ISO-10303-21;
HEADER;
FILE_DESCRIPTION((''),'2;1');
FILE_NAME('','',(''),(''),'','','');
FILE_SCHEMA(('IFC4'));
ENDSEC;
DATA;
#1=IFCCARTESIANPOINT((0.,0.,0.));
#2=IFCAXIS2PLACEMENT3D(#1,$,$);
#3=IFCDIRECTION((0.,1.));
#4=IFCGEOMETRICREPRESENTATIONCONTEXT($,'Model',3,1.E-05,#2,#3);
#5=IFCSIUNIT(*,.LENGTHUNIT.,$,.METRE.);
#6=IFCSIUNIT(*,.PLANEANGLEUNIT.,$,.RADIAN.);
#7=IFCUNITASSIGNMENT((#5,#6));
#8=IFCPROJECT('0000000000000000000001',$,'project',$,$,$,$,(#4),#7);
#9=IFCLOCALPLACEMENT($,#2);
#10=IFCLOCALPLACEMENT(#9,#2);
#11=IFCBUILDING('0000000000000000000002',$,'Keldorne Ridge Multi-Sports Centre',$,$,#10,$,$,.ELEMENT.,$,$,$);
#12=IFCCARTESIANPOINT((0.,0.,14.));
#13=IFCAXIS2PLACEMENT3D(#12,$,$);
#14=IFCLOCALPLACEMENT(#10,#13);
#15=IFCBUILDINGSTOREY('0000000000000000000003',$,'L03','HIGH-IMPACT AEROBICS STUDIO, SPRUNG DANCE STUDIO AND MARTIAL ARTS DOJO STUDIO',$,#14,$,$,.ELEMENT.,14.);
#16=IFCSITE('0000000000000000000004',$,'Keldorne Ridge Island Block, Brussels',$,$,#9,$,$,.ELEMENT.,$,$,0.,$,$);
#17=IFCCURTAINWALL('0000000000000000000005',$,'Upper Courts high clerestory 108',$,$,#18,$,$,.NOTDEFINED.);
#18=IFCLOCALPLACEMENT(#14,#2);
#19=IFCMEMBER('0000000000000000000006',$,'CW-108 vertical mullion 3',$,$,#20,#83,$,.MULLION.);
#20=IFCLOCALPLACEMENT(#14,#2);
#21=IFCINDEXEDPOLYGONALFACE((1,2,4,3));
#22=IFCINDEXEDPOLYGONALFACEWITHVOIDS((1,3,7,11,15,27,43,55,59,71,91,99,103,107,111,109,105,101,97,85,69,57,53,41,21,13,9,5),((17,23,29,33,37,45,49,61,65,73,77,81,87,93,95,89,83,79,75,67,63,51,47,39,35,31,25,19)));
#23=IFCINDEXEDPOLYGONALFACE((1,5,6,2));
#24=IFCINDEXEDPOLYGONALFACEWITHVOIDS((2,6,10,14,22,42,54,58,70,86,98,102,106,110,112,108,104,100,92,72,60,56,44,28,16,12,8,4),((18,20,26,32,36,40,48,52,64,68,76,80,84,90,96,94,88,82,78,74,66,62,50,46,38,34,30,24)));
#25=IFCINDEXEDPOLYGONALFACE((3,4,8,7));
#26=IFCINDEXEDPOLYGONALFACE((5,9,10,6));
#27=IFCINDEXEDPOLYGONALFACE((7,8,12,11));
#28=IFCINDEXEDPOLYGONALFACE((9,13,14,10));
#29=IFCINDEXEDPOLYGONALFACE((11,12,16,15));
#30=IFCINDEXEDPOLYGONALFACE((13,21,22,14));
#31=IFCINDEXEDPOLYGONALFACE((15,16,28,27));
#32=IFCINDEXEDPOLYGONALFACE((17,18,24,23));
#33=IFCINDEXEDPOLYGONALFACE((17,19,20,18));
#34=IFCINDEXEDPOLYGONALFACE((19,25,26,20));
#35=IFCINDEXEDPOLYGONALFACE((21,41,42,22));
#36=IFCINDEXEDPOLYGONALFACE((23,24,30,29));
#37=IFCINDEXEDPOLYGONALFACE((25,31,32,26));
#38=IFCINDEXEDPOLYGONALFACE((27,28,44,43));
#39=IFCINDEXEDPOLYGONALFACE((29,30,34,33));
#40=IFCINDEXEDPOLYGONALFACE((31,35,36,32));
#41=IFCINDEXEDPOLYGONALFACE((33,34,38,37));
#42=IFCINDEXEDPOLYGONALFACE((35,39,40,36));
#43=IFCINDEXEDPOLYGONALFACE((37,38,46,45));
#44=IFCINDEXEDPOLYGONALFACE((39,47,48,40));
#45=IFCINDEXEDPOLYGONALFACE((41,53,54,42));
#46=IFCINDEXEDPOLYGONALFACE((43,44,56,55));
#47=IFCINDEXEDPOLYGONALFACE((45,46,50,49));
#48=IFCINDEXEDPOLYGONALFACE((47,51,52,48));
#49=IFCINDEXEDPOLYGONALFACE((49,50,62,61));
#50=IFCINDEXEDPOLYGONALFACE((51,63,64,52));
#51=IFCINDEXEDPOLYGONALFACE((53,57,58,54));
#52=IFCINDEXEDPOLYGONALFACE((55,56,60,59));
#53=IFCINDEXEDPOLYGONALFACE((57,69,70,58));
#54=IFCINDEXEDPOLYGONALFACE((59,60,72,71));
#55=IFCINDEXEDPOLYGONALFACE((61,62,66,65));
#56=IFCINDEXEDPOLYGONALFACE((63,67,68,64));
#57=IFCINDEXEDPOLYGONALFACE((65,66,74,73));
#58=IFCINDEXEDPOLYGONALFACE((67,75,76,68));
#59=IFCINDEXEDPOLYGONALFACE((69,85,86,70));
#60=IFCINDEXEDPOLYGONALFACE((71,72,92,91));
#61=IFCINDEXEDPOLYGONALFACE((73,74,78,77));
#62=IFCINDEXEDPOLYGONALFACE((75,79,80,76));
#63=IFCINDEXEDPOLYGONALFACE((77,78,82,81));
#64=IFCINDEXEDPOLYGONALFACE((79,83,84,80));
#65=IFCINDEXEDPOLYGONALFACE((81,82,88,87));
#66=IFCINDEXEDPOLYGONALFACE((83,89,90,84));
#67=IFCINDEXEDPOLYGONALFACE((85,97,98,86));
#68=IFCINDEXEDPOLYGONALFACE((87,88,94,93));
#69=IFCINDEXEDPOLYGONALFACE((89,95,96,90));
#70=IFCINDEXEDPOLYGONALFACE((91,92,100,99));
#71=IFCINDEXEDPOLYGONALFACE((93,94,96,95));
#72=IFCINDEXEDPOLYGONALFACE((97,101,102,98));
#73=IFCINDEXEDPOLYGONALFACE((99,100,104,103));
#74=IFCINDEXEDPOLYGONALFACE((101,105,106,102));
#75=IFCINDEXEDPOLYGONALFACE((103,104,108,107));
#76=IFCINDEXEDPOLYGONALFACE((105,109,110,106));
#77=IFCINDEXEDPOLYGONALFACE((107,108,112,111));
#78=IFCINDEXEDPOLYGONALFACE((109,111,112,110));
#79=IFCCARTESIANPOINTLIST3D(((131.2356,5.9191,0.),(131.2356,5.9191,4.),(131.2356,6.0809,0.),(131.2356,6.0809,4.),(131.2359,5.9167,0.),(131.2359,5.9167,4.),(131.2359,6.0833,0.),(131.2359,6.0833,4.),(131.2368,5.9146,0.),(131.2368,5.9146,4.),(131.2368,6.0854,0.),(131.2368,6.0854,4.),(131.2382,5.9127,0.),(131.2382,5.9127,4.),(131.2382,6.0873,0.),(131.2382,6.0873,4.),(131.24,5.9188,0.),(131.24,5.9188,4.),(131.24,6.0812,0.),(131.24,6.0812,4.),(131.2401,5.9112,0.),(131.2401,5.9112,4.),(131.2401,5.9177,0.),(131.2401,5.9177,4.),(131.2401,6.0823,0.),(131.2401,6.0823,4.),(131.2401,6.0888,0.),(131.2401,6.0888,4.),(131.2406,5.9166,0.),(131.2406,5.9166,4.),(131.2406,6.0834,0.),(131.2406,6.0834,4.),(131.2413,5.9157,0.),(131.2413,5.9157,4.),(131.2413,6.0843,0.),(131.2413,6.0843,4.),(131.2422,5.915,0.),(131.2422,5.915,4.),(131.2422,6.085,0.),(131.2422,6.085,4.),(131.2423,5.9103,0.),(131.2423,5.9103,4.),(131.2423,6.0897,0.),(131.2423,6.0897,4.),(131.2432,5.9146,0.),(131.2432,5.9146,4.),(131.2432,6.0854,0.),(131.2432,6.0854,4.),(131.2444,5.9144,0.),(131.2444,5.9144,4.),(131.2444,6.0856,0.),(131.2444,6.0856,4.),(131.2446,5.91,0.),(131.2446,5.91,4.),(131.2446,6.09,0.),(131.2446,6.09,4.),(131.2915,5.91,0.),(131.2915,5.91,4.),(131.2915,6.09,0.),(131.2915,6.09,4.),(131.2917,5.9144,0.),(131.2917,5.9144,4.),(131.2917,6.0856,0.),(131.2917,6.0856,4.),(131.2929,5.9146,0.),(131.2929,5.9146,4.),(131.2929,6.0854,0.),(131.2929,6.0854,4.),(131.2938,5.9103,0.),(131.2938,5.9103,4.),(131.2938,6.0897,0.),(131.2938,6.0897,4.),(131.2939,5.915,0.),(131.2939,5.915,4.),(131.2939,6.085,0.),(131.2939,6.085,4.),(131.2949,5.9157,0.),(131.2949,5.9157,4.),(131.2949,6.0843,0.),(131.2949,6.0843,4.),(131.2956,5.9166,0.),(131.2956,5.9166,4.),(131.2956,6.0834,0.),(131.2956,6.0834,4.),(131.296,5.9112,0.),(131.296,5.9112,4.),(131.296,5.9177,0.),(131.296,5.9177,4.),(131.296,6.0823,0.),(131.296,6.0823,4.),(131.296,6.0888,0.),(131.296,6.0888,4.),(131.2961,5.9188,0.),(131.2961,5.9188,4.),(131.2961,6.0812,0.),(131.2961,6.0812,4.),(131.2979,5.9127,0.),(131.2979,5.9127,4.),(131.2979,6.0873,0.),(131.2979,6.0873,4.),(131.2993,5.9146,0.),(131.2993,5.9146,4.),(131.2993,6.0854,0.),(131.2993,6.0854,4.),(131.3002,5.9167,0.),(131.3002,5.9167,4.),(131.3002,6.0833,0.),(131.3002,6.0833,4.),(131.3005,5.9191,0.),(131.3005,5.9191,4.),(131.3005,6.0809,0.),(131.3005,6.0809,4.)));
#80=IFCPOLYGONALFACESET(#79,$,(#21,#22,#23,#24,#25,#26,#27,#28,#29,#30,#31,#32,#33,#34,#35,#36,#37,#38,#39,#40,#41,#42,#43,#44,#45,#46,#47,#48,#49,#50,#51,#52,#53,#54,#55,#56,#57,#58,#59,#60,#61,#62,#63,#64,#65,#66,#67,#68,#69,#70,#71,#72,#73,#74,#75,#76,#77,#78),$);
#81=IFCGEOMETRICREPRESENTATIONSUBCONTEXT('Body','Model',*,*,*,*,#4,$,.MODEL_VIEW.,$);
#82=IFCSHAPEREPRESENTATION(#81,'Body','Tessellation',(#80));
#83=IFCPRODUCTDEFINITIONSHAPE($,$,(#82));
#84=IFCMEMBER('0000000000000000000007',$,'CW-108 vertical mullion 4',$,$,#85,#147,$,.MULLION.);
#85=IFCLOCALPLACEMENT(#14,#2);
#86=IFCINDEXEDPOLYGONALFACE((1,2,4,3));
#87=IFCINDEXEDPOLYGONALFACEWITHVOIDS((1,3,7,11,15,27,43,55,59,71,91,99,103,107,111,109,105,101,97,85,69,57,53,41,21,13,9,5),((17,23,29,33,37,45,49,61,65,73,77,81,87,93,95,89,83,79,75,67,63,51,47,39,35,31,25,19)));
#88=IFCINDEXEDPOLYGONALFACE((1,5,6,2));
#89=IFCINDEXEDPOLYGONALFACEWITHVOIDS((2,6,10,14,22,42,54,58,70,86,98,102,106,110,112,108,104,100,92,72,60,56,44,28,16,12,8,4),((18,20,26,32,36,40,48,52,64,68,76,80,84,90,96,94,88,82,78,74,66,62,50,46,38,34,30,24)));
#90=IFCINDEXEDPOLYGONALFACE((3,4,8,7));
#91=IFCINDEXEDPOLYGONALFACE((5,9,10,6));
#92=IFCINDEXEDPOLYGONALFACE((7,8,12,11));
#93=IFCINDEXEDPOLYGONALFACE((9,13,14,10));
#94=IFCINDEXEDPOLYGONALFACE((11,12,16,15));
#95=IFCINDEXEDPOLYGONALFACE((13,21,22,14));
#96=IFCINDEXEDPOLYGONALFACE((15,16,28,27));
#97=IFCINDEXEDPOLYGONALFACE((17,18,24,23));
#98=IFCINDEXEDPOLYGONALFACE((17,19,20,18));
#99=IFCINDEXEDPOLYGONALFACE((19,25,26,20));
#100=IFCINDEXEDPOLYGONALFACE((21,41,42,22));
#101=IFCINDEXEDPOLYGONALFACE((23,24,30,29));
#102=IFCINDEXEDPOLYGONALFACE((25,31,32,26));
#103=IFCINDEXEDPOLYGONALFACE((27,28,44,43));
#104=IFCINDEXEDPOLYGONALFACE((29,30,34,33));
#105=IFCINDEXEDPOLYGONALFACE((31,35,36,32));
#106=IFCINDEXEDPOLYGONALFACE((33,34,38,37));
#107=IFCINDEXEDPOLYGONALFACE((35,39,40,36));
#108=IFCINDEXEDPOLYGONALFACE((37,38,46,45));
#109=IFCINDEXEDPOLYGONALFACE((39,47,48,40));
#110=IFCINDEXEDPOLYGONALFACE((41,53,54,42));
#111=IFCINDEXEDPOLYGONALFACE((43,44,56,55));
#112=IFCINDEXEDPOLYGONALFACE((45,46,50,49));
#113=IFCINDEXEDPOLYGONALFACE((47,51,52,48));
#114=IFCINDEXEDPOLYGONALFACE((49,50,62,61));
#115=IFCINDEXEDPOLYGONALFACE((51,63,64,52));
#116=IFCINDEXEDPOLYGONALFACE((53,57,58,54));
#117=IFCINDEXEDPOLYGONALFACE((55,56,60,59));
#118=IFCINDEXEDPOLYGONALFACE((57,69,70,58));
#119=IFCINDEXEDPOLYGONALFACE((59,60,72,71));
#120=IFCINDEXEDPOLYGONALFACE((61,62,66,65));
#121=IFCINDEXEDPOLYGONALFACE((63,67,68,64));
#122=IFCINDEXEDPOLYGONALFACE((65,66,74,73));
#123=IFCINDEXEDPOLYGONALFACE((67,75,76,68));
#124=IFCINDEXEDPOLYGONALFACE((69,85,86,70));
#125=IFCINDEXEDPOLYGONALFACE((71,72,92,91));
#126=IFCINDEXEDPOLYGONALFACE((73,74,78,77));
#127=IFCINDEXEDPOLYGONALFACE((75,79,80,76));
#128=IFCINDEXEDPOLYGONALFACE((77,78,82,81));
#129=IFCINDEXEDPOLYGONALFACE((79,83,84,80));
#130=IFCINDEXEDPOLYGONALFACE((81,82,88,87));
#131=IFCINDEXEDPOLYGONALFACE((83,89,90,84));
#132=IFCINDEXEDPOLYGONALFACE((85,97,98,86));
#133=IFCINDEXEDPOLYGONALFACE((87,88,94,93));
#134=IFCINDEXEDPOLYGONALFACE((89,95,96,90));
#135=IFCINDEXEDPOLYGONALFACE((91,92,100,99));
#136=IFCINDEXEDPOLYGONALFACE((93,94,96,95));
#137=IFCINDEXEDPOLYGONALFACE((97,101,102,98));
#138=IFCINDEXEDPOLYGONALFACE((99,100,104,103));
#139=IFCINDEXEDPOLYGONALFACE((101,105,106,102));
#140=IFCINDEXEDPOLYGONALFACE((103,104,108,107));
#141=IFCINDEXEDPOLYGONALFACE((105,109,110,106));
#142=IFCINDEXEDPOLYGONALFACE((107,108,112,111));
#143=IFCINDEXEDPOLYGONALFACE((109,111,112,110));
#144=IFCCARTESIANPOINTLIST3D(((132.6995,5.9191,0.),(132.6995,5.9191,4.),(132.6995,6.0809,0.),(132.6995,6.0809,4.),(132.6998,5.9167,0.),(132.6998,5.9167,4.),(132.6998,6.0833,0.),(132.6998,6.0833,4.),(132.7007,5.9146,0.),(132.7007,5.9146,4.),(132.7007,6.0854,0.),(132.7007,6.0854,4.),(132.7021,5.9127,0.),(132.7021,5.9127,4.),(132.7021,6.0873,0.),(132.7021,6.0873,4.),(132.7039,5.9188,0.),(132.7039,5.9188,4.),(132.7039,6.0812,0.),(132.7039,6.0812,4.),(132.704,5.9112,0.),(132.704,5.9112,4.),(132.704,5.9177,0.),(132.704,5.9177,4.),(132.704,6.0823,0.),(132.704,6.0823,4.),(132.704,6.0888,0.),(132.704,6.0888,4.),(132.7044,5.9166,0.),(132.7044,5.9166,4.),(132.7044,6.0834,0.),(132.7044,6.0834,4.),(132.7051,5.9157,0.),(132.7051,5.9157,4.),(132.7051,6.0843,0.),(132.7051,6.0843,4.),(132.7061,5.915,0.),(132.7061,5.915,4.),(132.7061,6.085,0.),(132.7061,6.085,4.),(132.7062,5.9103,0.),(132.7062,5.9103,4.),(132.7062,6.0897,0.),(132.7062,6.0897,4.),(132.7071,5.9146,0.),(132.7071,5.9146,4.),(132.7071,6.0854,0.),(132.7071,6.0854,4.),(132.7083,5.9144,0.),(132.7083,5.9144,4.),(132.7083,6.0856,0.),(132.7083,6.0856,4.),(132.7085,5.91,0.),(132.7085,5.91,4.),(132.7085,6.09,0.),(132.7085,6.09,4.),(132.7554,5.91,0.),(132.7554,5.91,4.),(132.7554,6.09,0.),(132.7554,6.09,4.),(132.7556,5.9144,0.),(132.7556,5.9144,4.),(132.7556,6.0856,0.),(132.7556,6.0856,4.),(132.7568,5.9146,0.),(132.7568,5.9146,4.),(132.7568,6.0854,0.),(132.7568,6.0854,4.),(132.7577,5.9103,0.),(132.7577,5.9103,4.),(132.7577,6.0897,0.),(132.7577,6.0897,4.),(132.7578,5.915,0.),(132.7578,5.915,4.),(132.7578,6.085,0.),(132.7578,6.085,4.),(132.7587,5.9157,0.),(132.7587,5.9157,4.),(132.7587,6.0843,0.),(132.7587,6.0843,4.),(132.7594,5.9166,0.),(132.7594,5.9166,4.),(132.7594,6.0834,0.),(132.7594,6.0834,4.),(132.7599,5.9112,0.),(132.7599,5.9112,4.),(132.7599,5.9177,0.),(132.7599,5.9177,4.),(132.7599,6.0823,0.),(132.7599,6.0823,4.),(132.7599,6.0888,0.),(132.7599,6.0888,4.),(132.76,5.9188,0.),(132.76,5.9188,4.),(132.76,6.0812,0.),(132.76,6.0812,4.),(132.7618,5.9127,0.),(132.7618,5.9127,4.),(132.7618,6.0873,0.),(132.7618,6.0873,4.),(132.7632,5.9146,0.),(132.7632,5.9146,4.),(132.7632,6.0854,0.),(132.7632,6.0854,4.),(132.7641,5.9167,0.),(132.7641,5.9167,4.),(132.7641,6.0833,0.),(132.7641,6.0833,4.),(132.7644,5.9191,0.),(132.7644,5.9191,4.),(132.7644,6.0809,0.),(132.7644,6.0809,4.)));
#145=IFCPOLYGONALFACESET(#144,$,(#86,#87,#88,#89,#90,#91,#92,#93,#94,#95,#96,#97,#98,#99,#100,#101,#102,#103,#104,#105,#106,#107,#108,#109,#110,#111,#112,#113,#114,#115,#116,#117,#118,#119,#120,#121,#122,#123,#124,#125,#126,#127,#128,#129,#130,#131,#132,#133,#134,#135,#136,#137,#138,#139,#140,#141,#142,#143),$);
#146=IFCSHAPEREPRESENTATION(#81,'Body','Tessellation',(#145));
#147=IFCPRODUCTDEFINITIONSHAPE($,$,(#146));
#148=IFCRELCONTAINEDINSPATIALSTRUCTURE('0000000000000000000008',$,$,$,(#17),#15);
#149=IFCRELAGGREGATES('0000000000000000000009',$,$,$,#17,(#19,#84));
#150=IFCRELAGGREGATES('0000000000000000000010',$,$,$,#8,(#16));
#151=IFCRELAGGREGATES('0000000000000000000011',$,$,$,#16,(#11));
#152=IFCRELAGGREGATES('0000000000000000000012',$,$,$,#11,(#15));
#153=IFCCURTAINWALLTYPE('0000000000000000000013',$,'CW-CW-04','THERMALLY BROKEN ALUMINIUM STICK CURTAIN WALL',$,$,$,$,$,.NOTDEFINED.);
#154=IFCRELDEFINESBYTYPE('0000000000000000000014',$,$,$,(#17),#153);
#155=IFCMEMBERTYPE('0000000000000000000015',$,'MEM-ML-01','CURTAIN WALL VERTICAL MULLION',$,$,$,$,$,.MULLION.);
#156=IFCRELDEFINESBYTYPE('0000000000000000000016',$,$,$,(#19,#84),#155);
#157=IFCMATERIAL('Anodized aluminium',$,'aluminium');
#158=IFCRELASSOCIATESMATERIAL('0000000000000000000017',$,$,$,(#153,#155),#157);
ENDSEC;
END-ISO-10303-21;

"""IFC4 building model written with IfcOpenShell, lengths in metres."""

from ifc_helpers import new_model, si_unit, direction, frame, origin, origin_2d, place, context, subcontext, project, spatial, hollow_rectangle, extrude, material, material_profile, profile_set, type_object, element, aggregate, save


model = new_model("IFC4")

# Units and contexts
model_context = context("Model", 3, precision=1e-05, world=origin(), true_north=direction((0.0, 1.0)))
body_context = subcontext(model_context, "Body", "Model", "MODEL_VIEW")
ifc_project = project(units=[si_unit("LENGTHUNIT", "METRE"), si_unit("PLANEANGLEUNIT", "RADIAN")], contexts=[model_context])

# Site, building, storey
site_placement = place(None, origin())
site = spatial("IfcSite", under=ifc_project, at=site_placement, Name="Keldorne Ridge Island Block, Brussels", CompositionType="ELEMENT", RefElevation=0.0)
building_placement = place(site_placement, origin())
building = spatial("IfcBuilding", under=site, at=building_placement, Name="Keldorne Ridge Multi-Sports Centre", CompositionType="ELEMENT")
storey_placement = place(building_placement, frame((0.0, 0.0, 14.0)))
storey = spatial("IfcBuildingStorey", under=building, at=storey_placement, Name="L03", Description="HIGH-IMPACT AEROBICS STUDIO, SPRUNG DANCE STUDIO AND MARTIAL ARTS DOJO STUDIO", CompositionType="ELEMENT", Elevation=14.0)

# Curtain wall, members
ifc_material_1 = material(Name="Anodized aluminium", Category="aluminium")
curtain_wall_type = type_object("IfcCurtainWallType", Name="CW-CW-04", Description="THERMALLY BROKEN ALUMINIUM STICK CURTAIN WALL", PredefinedType="NOTDEFINED", material=ifc_material_1)
curtain_wall_placement = place(storey_placement, origin())
curtain_wall = element("IfcCurtainWall", 1, at=curtain_wall_placement, inside=storey, type_object=curtain_wall_type, Name="Upper Courts high clerestory 108", PredefinedType="NOTDEFINED")
ifc_material_profile_1 = material_profile(ifc_material_1, hollow_rectangle(XDim=0.0649, YDim=0.1799, WallThickness=0.0044, InnerFilletRadius=0.0044, OuterFilletRadius=0.009, at=origin_2d()), Name="ALU MULLION 180x65x4.5")
ifc_profile_set_1 = profile_set([ifc_material_profile_1], Name="Anodized aluminium")
member_type_1 = type_object("IfcMemberType", Name="MEM-ML-01", Description="CURTAIN WALL VERTICAL MULLION", PredefinedType="MULLION", material=ifc_profile_set_1)
member_1_placement = place(storey_placement, frame((131.2681, 6.0, 0.0), z_axis=(0.0, 0.0, 1.0), x_axis=(1.0, 0.0, 0.0)))
member_1 = element("IfcMember", 2, at=member_1_placement, type_object=member_type_1, Name="CW-108 vertical mullion 3", PredefinedType="MULLION", context=body_context, shape_type="SweptSolid", body=[
    extrude(hollow_rectangle(XDim=0.0649, YDim=0.1799, WallThickness=0.0044, InnerFilletRadius=0.0044, OuterFilletRadius=0.009, at=origin_2d()), origin(), (0.0, 0.0, 1.0), 4.0),
])
member_2_placement = place(storey_placement, frame((132.7319, 6.0, 0.0), z_axis=(0.0, 0.0, 1.0), x_axis=(1.0, 0.0, 0.0)))
member_2 = element("IfcMember", 3, at=member_2_placement, type_object=member_type_1, Name="CW-108 vertical mullion 4", PredefinedType="MULLION", context=body_context, shape_type="SweptSolid", body=[
    extrude(hollow_rectangle(XDim=0.0649, YDim=0.1799, WallThickness=0.0044, InnerFilletRadius=0.0044, OuterFilletRadius=0.009, at=origin_2d()), origin(), (0.0, 0.0, 1.0), 4.0),
])

aggregate(curtain_wall, [member_1, member_2])

save(model, "model.ifc")
